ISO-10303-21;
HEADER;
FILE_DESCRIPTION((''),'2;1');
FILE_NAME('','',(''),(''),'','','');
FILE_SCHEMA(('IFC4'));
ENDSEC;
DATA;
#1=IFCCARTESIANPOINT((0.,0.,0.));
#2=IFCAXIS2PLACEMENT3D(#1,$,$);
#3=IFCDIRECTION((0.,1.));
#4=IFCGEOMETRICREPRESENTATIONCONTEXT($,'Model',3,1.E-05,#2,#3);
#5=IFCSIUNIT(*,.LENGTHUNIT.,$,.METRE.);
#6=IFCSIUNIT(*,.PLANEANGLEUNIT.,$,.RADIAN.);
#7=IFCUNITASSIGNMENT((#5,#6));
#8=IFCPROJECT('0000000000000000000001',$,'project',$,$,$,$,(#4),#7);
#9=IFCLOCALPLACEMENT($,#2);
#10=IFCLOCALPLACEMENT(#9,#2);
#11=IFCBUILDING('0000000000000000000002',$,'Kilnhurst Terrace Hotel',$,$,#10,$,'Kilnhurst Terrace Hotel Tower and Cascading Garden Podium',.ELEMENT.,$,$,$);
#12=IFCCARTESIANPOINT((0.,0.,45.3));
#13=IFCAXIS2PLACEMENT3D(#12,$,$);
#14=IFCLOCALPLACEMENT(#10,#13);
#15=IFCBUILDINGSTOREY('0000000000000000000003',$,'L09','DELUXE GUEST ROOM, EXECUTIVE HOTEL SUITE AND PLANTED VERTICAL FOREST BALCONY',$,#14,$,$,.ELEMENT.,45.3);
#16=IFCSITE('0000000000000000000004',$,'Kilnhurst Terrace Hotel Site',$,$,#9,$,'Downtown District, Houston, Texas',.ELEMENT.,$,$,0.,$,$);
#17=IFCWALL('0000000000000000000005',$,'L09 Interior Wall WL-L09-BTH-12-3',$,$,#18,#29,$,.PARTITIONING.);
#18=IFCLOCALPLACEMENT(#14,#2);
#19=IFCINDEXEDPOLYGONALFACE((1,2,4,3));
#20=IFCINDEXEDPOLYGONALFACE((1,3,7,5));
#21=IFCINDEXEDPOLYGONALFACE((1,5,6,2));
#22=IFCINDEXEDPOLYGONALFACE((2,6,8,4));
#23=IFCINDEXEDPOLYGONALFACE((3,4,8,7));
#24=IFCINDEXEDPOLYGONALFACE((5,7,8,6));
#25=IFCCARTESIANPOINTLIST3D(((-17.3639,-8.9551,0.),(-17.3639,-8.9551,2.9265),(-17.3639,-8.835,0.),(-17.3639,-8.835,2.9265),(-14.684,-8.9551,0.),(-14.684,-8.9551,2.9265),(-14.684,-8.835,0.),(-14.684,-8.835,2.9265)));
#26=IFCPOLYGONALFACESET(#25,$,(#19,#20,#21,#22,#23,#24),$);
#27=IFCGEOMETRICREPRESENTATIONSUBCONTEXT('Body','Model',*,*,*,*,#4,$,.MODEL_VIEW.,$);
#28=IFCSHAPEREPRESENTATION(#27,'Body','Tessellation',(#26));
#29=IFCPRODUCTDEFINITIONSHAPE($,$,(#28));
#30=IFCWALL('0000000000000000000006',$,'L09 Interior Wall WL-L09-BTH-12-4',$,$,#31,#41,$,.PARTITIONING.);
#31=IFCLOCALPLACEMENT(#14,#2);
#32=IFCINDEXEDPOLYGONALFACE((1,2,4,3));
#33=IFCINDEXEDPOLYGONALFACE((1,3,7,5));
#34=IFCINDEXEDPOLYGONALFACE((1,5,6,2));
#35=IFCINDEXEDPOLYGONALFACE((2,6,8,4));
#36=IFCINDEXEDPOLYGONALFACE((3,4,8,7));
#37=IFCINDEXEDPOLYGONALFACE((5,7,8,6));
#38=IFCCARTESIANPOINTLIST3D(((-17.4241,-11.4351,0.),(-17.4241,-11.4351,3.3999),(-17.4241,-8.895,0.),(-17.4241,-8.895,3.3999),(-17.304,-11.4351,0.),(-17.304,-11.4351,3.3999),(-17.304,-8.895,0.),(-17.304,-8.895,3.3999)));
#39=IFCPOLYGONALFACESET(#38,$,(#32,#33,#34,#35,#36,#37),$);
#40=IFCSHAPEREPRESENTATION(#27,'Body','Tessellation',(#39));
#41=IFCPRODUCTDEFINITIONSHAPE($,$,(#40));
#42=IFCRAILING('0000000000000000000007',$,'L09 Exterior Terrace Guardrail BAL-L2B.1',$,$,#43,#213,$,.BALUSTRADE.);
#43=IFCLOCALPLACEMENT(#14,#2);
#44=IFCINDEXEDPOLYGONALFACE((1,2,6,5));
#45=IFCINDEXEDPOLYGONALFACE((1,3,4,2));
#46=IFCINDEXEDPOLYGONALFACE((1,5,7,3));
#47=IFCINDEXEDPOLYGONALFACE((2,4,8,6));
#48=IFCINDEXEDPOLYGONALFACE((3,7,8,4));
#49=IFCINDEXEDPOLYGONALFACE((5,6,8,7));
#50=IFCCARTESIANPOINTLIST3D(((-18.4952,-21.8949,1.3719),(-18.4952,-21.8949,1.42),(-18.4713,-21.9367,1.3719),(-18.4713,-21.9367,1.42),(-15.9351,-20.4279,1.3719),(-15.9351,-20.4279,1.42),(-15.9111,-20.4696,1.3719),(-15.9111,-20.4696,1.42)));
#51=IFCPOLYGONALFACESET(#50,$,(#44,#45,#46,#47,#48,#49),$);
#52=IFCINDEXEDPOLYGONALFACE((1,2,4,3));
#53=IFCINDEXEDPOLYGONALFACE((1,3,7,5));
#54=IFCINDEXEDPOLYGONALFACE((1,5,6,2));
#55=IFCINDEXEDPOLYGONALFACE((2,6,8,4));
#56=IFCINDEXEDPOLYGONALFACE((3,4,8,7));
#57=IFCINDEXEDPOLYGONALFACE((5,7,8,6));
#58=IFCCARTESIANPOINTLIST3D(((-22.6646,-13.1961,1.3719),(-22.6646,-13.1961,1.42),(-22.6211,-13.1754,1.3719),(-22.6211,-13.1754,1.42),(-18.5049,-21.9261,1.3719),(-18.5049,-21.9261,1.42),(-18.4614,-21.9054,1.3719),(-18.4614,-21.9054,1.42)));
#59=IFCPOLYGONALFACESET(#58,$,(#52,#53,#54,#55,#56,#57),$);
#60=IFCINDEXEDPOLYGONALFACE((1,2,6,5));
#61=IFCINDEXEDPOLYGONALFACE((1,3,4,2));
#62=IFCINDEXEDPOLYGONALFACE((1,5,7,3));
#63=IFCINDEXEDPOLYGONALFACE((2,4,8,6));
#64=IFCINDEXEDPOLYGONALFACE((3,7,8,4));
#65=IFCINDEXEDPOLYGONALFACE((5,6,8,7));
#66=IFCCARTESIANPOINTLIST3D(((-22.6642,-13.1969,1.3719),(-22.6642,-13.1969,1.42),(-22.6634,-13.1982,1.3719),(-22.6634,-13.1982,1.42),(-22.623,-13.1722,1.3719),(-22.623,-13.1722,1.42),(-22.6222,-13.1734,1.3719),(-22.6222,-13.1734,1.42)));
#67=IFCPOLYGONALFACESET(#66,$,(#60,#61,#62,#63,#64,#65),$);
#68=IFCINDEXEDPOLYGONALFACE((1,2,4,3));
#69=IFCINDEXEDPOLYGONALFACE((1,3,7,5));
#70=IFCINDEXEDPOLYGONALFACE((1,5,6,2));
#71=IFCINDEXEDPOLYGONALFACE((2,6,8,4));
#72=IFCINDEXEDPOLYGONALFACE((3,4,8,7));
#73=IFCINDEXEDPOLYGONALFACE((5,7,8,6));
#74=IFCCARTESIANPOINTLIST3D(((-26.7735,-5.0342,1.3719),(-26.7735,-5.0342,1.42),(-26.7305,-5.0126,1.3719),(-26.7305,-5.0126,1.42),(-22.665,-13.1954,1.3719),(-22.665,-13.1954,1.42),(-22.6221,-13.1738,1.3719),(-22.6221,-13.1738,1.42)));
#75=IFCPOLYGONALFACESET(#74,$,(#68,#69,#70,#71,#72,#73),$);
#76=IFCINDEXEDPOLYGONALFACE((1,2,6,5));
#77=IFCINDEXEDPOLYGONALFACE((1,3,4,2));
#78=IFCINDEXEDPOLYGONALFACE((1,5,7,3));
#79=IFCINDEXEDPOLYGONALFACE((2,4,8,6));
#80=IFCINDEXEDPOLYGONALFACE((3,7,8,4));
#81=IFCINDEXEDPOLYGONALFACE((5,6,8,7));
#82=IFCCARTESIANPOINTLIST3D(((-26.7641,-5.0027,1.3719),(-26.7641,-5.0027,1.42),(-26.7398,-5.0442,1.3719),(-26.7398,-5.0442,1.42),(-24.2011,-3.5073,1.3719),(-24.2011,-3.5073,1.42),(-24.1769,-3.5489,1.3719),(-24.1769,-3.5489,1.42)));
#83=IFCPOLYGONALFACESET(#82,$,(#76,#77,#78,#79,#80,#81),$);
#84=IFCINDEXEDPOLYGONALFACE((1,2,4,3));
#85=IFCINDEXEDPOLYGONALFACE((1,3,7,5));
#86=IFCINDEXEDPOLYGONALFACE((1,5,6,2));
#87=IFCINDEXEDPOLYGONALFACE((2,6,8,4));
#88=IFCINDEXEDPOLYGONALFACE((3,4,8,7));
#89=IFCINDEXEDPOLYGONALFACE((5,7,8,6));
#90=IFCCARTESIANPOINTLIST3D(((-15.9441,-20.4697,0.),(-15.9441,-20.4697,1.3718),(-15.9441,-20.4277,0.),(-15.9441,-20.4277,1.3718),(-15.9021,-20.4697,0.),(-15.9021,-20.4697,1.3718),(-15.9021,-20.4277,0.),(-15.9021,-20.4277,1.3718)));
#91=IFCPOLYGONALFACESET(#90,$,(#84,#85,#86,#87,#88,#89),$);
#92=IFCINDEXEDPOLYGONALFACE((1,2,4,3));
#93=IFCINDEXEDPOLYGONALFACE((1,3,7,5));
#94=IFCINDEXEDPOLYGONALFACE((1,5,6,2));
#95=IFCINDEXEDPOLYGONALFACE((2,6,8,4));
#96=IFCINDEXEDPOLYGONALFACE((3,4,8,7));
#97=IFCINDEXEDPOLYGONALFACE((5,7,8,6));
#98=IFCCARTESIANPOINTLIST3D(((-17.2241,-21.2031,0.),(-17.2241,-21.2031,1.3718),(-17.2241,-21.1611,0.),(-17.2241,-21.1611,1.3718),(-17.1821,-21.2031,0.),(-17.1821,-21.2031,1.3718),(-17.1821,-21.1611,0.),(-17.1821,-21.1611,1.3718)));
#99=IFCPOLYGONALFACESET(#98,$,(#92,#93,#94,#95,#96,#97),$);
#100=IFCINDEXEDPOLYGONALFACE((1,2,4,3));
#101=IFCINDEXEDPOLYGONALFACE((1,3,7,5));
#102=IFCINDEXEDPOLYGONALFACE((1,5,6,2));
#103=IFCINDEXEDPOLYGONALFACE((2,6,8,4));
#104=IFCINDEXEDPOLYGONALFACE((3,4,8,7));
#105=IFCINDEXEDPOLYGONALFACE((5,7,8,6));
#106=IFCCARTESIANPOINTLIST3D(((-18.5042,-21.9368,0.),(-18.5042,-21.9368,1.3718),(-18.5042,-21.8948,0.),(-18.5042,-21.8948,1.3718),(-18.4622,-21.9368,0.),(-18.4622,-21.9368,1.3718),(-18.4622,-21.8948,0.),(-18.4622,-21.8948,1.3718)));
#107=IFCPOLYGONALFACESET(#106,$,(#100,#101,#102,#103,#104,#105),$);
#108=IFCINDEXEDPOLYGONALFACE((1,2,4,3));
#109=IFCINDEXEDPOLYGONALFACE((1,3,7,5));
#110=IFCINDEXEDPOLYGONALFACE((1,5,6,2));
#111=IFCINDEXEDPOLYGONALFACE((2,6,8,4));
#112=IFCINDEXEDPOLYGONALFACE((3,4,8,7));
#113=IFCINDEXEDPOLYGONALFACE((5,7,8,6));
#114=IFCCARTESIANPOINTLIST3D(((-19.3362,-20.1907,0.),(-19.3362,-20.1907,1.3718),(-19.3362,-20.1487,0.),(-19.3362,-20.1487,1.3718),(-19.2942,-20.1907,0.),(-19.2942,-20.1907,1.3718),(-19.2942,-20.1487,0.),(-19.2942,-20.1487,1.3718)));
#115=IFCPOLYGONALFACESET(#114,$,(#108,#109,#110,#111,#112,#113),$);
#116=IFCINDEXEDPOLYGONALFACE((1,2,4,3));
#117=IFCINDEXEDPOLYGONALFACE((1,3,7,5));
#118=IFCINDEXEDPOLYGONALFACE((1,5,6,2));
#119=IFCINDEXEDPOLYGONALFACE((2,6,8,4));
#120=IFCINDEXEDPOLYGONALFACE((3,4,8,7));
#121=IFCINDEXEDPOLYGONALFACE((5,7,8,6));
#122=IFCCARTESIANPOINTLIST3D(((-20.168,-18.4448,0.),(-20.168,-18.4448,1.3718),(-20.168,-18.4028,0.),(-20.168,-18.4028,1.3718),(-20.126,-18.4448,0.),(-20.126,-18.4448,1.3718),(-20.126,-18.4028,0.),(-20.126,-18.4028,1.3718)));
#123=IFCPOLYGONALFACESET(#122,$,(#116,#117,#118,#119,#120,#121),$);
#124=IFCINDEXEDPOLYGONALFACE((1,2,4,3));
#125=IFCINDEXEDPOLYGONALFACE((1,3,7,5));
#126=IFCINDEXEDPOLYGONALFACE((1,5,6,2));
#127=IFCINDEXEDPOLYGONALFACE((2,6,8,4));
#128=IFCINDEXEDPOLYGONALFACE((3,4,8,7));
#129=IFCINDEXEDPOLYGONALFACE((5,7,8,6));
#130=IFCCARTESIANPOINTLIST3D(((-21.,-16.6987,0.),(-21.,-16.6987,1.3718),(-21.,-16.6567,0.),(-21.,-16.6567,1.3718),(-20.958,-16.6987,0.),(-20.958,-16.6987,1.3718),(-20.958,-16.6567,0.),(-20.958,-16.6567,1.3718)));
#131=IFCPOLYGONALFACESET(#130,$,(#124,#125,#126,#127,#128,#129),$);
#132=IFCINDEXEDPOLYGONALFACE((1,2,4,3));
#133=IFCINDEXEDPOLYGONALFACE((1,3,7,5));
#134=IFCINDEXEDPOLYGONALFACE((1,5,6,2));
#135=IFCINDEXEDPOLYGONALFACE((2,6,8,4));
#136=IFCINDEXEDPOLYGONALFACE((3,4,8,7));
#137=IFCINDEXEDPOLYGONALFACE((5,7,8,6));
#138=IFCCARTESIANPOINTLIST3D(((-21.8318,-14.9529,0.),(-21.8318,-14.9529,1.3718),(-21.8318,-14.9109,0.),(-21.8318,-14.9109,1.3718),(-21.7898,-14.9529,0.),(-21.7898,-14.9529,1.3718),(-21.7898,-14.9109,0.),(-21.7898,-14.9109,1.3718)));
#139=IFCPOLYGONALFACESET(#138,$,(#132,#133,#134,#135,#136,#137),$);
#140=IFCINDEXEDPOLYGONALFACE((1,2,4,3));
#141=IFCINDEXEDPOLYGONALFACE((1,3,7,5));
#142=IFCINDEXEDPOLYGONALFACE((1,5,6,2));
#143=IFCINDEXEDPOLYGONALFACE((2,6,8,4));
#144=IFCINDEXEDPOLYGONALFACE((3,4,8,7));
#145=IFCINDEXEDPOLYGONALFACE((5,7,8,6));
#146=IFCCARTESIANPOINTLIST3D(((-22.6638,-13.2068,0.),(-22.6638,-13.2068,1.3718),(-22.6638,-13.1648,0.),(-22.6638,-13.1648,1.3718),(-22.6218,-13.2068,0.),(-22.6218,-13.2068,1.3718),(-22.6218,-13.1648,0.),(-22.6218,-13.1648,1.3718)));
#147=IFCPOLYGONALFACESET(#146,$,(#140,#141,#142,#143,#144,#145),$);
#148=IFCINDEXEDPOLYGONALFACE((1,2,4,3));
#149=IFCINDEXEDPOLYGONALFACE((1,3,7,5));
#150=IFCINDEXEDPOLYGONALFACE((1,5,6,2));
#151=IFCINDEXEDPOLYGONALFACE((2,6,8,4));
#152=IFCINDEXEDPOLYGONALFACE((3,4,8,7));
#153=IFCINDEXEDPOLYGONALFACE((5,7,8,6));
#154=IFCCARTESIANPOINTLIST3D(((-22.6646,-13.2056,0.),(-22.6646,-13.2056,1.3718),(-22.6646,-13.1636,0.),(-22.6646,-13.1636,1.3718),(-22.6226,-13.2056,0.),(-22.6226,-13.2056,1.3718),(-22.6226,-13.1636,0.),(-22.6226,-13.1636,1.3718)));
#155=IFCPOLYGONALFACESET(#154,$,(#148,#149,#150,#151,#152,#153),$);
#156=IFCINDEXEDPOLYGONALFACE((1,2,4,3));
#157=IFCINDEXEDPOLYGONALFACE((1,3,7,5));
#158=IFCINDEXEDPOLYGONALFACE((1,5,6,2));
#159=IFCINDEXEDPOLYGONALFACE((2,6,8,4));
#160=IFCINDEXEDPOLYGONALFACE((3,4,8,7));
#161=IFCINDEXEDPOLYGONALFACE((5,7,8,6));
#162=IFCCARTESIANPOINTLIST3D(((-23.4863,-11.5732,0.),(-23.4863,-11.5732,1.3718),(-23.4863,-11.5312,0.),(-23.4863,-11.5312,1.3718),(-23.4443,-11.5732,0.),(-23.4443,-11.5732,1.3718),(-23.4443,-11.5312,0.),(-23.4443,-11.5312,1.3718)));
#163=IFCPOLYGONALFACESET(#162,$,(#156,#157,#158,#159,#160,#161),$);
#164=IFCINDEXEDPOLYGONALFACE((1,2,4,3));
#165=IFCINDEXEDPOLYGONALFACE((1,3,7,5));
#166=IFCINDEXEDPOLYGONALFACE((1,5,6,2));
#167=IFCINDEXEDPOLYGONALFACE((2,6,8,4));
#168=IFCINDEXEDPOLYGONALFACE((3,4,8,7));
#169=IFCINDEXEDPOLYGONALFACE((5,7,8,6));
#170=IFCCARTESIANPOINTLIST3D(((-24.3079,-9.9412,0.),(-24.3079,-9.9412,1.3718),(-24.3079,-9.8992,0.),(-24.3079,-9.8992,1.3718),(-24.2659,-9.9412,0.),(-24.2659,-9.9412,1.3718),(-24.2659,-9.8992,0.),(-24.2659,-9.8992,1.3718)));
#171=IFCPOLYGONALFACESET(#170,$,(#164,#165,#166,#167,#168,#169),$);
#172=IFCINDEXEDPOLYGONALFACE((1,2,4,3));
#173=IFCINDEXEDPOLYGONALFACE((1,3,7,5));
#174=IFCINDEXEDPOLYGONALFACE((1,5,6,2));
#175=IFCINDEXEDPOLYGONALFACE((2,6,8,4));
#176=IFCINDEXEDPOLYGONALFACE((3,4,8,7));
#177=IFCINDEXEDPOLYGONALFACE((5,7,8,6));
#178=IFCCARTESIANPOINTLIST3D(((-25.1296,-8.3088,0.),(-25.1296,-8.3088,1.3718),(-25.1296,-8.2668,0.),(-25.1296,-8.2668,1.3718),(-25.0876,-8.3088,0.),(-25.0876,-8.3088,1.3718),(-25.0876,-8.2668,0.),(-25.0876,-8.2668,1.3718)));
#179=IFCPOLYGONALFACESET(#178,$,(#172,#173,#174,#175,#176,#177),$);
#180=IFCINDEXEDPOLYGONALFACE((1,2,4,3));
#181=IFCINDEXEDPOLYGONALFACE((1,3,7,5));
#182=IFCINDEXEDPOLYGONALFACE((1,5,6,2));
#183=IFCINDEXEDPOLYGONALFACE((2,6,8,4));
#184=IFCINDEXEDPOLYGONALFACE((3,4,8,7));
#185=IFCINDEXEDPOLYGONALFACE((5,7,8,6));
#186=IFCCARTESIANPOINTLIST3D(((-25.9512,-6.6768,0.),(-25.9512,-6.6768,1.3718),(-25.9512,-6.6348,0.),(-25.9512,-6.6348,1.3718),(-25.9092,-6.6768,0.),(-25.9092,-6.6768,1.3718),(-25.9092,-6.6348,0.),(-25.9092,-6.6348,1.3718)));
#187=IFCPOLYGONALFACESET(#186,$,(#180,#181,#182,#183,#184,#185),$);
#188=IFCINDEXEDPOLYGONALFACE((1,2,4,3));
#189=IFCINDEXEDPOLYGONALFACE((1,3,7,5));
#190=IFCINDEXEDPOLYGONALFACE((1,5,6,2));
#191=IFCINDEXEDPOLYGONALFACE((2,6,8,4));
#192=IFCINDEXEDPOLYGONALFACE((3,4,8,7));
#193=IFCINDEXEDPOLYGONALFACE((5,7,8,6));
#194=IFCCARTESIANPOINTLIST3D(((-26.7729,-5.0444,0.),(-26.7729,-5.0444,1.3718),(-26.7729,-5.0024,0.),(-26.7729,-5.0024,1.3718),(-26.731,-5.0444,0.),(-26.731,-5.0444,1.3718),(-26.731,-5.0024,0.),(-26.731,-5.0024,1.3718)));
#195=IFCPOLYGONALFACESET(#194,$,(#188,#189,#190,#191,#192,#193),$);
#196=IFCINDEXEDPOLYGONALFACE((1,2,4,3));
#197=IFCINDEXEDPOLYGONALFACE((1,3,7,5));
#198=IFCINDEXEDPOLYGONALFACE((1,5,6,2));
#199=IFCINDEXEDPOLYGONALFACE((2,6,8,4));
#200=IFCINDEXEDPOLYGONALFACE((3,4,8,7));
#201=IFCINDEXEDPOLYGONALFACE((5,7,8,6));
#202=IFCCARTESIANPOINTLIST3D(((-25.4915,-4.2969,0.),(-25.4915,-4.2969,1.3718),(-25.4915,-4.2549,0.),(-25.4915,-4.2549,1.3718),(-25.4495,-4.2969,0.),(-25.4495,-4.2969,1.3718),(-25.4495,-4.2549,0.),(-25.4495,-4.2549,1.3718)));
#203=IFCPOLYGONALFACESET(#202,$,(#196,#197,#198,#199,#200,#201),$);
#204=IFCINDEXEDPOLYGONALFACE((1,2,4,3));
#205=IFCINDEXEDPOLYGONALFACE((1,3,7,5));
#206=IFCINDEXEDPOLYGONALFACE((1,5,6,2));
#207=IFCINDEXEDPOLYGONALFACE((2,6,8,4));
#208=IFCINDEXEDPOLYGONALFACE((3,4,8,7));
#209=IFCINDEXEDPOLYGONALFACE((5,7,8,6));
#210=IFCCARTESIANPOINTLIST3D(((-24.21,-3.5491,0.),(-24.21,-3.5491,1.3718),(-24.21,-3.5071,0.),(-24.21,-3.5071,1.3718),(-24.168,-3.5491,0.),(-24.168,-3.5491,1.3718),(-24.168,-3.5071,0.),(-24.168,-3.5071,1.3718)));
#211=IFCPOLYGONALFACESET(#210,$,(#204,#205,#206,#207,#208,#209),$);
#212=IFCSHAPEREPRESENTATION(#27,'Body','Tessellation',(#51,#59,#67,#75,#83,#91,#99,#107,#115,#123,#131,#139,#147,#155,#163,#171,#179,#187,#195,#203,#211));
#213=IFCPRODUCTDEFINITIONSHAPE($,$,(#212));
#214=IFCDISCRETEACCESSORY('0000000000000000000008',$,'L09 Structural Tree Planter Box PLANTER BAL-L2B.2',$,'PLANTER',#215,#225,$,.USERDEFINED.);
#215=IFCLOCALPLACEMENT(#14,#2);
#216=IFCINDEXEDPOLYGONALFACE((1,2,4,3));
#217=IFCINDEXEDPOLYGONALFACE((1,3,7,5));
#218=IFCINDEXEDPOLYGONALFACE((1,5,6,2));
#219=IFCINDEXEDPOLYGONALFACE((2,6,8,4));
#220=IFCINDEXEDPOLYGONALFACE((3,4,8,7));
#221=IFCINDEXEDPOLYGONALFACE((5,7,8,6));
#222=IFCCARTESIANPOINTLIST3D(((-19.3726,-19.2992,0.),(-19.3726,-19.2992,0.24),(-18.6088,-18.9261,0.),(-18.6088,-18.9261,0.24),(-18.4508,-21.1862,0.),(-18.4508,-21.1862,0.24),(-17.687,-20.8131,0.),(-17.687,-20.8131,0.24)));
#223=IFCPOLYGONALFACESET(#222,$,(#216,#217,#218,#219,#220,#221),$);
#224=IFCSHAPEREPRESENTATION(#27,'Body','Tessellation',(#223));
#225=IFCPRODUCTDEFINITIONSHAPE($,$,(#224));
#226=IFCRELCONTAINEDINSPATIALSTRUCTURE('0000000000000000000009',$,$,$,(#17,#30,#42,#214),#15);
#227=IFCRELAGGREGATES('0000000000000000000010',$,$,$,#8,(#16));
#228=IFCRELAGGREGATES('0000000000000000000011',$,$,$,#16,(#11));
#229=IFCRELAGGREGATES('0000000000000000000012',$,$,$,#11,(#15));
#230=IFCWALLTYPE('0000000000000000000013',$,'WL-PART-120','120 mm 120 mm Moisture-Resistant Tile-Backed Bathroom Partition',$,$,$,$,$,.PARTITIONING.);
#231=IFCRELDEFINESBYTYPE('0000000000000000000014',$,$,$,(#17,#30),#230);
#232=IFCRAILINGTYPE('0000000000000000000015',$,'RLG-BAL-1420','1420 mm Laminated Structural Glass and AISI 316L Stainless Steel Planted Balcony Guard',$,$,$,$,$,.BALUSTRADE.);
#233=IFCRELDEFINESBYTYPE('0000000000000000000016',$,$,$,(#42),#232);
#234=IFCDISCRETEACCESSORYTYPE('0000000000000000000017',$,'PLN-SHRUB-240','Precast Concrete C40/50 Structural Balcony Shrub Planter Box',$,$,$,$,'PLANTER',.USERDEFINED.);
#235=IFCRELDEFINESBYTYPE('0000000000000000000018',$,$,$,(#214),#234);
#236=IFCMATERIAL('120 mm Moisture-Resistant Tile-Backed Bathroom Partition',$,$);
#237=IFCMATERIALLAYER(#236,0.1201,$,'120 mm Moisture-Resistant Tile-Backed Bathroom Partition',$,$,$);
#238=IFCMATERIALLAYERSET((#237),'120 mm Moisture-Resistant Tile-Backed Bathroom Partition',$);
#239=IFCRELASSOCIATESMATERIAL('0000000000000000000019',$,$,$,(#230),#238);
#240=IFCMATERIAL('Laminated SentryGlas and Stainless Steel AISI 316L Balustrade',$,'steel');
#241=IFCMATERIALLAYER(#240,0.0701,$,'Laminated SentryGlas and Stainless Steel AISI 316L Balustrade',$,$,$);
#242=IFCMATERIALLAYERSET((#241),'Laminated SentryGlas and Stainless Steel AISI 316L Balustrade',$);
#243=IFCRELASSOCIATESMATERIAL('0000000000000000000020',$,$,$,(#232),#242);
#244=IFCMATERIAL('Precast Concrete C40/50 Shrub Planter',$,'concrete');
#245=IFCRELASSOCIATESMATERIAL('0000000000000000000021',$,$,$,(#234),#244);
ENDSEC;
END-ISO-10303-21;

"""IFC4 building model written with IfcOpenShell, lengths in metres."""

from ifc_helpers import new_model, si_unit, direction, frame, frame_2d, origin, origin_2d, place, context, subcontext, project, spatial, rectangle, extrude, material, layer, layer_set, type_object, element, save


model = new_model("IFC4")

# Units and contexts
model_context = context("Model", 3, precision=1e-05, world=origin(), true_north=direction((0.0, 1.0)))
body_context = subcontext(model_context, "Body", "Model", "MODEL_VIEW")
ifc_project = project(units=[si_unit("LENGTHUNIT", "METRE"), si_unit("PLANEANGLEUNIT", "RADIAN")], contexts=[model_context])

# Site, building, storey
site_placement = place(None, origin())
site = spatial("IfcSite", under=ifc_project, at=site_placement, Name="Kilnhurst Terrace Hotel Site", LongName="Downtown District, Houston, Texas", CompositionType="ELEMENT", RefElevation=0.0)
building_placement = place(site_placement, origin())
building = spatial("IfcBuilding", under=site, at=building_placement, Name="Kilnhurst Terrace Hotel", LongName="Kilnhurst Terrace Hotel Tower and Cascading Garden Podium", CompositionType="ELEMENT")
storey_placement = place(building_placement, frame((0.0, 0.0, 45.3)))
storey = spatial("IfcBuildingStorey", under=building, at=storey_placement, Name="L09", Description="DELUXE GUEST ROOM, EXECUTIVE HOTEL SUITE AND PLANTED VERTICAL FOREST BALCONY", CompositionType="ELEMENT", Elevation=45.3)

# Shared definitions
ifc_material_1 = material(Name="120 mm Moisture-Resistant Tile-Backed Bathroom Partition")
ifc_layer_1 = layer(ifc_material_1, 0.1201, Name="120 mm Moisture-Resistant Tile-Backed Bathroom Partition")
ifc_layer_set_1 = layer_set([ifc_layer_1], Name="120 mm Moisture-Resistant Tile-Backed Bathroom Partition")
wall_type_1 = type_object("IfcWallType", Name="WL-PART-120", Description="120 mm 120 mm Moisture-Resistant Tile-Backed Bathroom Partition", PredefinedType="PARTITIONING", material=ifc_layer_set_1)

# Walls
wall_1_placement = place(storey_placement, frame((-14.6841, -8.895, 0.0), z_axis=(0.0, 0.0, 1.0), x_axis=(-1.0, 0.0, 0.0)))
element("IfcWall", 1, at=wall_1_placement, inside=storey, type_object=wall_type_1, Name="L09 Interior Wall WL-L09-BTH-12-3", PredefinedType="PARTITIONING", context=body_context, shape_type="SweptSolid", body=[
    extrude(rectangle(XDim=2.6799, YDim=0.1201, at=frame_2d((1.3398, 0.0))), origin(), (0.0, 0.0, 1.0), 2.9265),
])
wall_2_placement = place(storey_placement, frame((-17.364, -8.895, 0.0), z_axis=(0.0, 0.0, 1.0), x_axis=(0.0, -1.0, 0.0)))
element("IfcWall", 2, at=wall_2_placement, inside=storey, type_object=wall_type_1, Name="L09 Interior Wall WL-L09-BTH-12-4", PredefinedType="PARTITIONING", context=body_context, shape_type="SweptSolid", body=[
    extrude(rectangle(XDim=2.54, YDim=0.1201, at=frame_2d((1.27, 0.0))), origin(), (0.0, 0.0, 1.0), 3.3999),
])

# Railing
ifc_material_2 = material(Name="Laminated SentryGlas and Stainless Steel AISI 316L Balustrade", Category="steel")
ifc_layer_2 = layer(ifc_material_2, 0.0701, Name="Laminated SentryGlas and Stainless Steel AISI 316L Balustrade")
ifc_layer_set_2 = layer_set([ifc_layer_2], Name="Laminated SentryGlas and Stainless Steel AISI 316L Balustrade")
railing_type = type_object("IfcRailingType", Name="RLG-BAL-1420", Description="1420 mm Laminated Structural Glass and AISI 316L Stainless Steel Planted Balcony Guard", PredefinedType="BALUSTRADE", material=ifc_layer_set_2)
railing_placement = place(storey_placement, frame((-15.9231, -20.4487, 0.0)))
element("IfcRailing", 3, at=railing_placement, inside=storey, type_object=railing_type, Name="L09 Exterior Terrace Guardrail BAL-L2B.1", PredefinedType="BALUSTRADE", context=body_context, shape_type="SweptSolid", body=[
    extrude(rectangle(XDim=0.0481, YDim=0.0481, at=origin_2d()), frame((0.0, 0.0, 1.396), z_axis=(-0.867637, -0.497199, 0.0), x_axis=(0.497199, -0.867637, 0.0)), (0.0, 0.0, 1.0), 2.9507),
    extrude(rectangle(XDim=0.0481, YDim=0.0481, at=origin_2d()), frame((-2.5601, -1.467, 1.396), z_axis=(-0.430147, 0.902759, 0.0), x_axis=(-0.902759, -0.430147, 0.0)), (0.0, 0.0, 1.0), 9.6704),
    extrude(rectangle(XDim=0.0481, YDim=0.0481, at=origin_2d()), frame((-6.7197, 7.2629, 1.396), z_axis=(-0.514496, 0.857493, 0.0), x_axis=(-0.857493, -0.514496, 0.0)), (0.0, 0.0, 1.0), 0.0015),
    extrude(rectangle(XDim=0.0481, YDim=0.0481, at=origin_2d()), frame((-6.7205, 7.2642, 1.396), z_axis=(-0.449649, 0.893205, 0.0), x_axis=(-0.893205, -0.449649, 0.0)), (0.0, 0.0, 1.0), 9.137),
    extrude(rectangle(XDim=0.0481, YDim=0.0481, at=origin_2d()), frame((-10.8289, 15.4253, 1.396), z_axis=(0.863737, 0.503943, 0.0), x_axis=(-0.503943, 0.863737, 0.0)), (0.0, 0.0, 1.0), 2.9673),
    extrude(rectangle(XDim=0.042, YDim=0.042, at=origin_2d()), origin(), (0.0, 0.0, 1.0), 1.3718),
    extrude(rectangle(XDim=0.042, YDim=0.042, at=origin_2d()), frame((-1.28, -0.7334, 0.0)), (0.0, 0.0, 1.0), 1.3718),
    extrude(rectangle(XDim=0.042, YDim=0.042, at=origin_2d()), frame((-2.5601, -1.467, 0.0)), (0.0, 0.0, 1.0), 1.3718),
    extrude(rectangle(XDim=0.042, YDim=0.042, at=origin_2d()), frame((-3.3921, 0.2791, 0.0)), (0.0, 0.0, 1.0), 1.3718),
    extrude(rectangle(XDim=0.042, YDim=0.042, at=origin_2d()), frame((-4.2239, 2.0249, 0.0)), (0.0, 0.0, 1.0), 1.3718),
    extrude(rectangle(XDim=0.042, YDim=0.042, at=origin_2d()), frame((-5.0559, 3.771, 0.0)), (0.0, 0.0, 1.0), 1.3718),
    extrude(rectangle(XDim=0.042, YDim=0.042, at=origin_2d()), frame((-5.8877, 5.5168, 0.0)), (0.0, 0.0, 1.0), 1.3718),
    extrude(rectangle(XDim=0.042, YDim=0.042, at=origin_2d()), frame((-6.7197, 7.2629, 0.0)), (0.0, 0.0, 1.0), 1.3718),
    extrude(rectangle(XDim=0.042, YDim=0.042, at=origin_2d()), frame((-6.7205, 7.2642, 0.0)), (0.0, 0.0, 1.0), 1.3718),
    extrude(rectangle(XDim=0.042, YDim=0.042, at=origin_2d()), frame((-7.5422, 8.8965, 0.0)), (0.0, 0.0, 1.0), 1.3718),
    extrude(rectangle(XDim=0.042, YDim=0.042, at=origin_2d()), frame((-8.3638, 10.5286, 0.0)), (0.0, 0.0, 1.0), 1.3718),
    extrude(rectangle(XDim=0.042, YDim=0.042, at=origin_2d()), frame((-9.1855, 12.1609, 0.0)), (0.0, 0.0, 1.0), 1.3718),
    extrude(rectangle(XDim=0.042, YDim=0.042, at=origin_2d()), frame((-10.0071, 13.793, 0.0)), (0.0, 0.0, 1.0), 1.3718),
    extrude(rectangle(XDim=0.042, YDim=0.042, at=origin_2d()), frame((-10.8289, 15.4253, 0.0)), (0.0, 0.0, 1.0), 1.3718),
    extrude(rectangle(XDim=0.042, YDim=0.042, at=origin_2d()), frame((-9.5474, 16.1729, 0.0)), (0.0, 0.0, 1.0), 1.3718),
    extrude(rectangle(XDim=0.042, YDim=0.042, at=origin_2d()), frame((-8.2659, 16.9207, 0.0)), (0.0, 0.0, 1.0), 1.3718),
])

# Discrete accessory
ifc_material_3 = material(Name="Precast Concrete C40/50 Shrub Planter", Category="concrete")
discrete_accessory_type = type_object("IfcDiscreteAccessoryType", Name="PLN-SHRUB-240", Description="Precast Concrete C40/50 Structural Balcony Shrub Planter Box", ElementType="PLANTER", PredefinedType="USERDEFINED", material=ifc_material_3)
discrete_accessory_placement = place(storey_placement, frame((-18.5298, -20.0562, 0.0), z_axis=(0.0, 0.0, 1.0), x_axis=(0.438936, -0.898518, 0.0)))
element("IfcDiscreteAccessory", 4, at=discrete_accessory_placement, inside=storey, type_object=discrete_accessory_type, Name="L09 Structural Tree Planter Box PLANTER BAL-L2B.2", ObjectType="PLANTER", PredefinedType="USERDEFINED", context=body_context, shape_type="SweptSolid", body=[
    extrude(rectangle(XDim=2.1001, YDim=0.8501, at=origin_2d()), origin(), (0.0, 0.0, 1.0), 0.24),
])

save(model, "model.ifc")
